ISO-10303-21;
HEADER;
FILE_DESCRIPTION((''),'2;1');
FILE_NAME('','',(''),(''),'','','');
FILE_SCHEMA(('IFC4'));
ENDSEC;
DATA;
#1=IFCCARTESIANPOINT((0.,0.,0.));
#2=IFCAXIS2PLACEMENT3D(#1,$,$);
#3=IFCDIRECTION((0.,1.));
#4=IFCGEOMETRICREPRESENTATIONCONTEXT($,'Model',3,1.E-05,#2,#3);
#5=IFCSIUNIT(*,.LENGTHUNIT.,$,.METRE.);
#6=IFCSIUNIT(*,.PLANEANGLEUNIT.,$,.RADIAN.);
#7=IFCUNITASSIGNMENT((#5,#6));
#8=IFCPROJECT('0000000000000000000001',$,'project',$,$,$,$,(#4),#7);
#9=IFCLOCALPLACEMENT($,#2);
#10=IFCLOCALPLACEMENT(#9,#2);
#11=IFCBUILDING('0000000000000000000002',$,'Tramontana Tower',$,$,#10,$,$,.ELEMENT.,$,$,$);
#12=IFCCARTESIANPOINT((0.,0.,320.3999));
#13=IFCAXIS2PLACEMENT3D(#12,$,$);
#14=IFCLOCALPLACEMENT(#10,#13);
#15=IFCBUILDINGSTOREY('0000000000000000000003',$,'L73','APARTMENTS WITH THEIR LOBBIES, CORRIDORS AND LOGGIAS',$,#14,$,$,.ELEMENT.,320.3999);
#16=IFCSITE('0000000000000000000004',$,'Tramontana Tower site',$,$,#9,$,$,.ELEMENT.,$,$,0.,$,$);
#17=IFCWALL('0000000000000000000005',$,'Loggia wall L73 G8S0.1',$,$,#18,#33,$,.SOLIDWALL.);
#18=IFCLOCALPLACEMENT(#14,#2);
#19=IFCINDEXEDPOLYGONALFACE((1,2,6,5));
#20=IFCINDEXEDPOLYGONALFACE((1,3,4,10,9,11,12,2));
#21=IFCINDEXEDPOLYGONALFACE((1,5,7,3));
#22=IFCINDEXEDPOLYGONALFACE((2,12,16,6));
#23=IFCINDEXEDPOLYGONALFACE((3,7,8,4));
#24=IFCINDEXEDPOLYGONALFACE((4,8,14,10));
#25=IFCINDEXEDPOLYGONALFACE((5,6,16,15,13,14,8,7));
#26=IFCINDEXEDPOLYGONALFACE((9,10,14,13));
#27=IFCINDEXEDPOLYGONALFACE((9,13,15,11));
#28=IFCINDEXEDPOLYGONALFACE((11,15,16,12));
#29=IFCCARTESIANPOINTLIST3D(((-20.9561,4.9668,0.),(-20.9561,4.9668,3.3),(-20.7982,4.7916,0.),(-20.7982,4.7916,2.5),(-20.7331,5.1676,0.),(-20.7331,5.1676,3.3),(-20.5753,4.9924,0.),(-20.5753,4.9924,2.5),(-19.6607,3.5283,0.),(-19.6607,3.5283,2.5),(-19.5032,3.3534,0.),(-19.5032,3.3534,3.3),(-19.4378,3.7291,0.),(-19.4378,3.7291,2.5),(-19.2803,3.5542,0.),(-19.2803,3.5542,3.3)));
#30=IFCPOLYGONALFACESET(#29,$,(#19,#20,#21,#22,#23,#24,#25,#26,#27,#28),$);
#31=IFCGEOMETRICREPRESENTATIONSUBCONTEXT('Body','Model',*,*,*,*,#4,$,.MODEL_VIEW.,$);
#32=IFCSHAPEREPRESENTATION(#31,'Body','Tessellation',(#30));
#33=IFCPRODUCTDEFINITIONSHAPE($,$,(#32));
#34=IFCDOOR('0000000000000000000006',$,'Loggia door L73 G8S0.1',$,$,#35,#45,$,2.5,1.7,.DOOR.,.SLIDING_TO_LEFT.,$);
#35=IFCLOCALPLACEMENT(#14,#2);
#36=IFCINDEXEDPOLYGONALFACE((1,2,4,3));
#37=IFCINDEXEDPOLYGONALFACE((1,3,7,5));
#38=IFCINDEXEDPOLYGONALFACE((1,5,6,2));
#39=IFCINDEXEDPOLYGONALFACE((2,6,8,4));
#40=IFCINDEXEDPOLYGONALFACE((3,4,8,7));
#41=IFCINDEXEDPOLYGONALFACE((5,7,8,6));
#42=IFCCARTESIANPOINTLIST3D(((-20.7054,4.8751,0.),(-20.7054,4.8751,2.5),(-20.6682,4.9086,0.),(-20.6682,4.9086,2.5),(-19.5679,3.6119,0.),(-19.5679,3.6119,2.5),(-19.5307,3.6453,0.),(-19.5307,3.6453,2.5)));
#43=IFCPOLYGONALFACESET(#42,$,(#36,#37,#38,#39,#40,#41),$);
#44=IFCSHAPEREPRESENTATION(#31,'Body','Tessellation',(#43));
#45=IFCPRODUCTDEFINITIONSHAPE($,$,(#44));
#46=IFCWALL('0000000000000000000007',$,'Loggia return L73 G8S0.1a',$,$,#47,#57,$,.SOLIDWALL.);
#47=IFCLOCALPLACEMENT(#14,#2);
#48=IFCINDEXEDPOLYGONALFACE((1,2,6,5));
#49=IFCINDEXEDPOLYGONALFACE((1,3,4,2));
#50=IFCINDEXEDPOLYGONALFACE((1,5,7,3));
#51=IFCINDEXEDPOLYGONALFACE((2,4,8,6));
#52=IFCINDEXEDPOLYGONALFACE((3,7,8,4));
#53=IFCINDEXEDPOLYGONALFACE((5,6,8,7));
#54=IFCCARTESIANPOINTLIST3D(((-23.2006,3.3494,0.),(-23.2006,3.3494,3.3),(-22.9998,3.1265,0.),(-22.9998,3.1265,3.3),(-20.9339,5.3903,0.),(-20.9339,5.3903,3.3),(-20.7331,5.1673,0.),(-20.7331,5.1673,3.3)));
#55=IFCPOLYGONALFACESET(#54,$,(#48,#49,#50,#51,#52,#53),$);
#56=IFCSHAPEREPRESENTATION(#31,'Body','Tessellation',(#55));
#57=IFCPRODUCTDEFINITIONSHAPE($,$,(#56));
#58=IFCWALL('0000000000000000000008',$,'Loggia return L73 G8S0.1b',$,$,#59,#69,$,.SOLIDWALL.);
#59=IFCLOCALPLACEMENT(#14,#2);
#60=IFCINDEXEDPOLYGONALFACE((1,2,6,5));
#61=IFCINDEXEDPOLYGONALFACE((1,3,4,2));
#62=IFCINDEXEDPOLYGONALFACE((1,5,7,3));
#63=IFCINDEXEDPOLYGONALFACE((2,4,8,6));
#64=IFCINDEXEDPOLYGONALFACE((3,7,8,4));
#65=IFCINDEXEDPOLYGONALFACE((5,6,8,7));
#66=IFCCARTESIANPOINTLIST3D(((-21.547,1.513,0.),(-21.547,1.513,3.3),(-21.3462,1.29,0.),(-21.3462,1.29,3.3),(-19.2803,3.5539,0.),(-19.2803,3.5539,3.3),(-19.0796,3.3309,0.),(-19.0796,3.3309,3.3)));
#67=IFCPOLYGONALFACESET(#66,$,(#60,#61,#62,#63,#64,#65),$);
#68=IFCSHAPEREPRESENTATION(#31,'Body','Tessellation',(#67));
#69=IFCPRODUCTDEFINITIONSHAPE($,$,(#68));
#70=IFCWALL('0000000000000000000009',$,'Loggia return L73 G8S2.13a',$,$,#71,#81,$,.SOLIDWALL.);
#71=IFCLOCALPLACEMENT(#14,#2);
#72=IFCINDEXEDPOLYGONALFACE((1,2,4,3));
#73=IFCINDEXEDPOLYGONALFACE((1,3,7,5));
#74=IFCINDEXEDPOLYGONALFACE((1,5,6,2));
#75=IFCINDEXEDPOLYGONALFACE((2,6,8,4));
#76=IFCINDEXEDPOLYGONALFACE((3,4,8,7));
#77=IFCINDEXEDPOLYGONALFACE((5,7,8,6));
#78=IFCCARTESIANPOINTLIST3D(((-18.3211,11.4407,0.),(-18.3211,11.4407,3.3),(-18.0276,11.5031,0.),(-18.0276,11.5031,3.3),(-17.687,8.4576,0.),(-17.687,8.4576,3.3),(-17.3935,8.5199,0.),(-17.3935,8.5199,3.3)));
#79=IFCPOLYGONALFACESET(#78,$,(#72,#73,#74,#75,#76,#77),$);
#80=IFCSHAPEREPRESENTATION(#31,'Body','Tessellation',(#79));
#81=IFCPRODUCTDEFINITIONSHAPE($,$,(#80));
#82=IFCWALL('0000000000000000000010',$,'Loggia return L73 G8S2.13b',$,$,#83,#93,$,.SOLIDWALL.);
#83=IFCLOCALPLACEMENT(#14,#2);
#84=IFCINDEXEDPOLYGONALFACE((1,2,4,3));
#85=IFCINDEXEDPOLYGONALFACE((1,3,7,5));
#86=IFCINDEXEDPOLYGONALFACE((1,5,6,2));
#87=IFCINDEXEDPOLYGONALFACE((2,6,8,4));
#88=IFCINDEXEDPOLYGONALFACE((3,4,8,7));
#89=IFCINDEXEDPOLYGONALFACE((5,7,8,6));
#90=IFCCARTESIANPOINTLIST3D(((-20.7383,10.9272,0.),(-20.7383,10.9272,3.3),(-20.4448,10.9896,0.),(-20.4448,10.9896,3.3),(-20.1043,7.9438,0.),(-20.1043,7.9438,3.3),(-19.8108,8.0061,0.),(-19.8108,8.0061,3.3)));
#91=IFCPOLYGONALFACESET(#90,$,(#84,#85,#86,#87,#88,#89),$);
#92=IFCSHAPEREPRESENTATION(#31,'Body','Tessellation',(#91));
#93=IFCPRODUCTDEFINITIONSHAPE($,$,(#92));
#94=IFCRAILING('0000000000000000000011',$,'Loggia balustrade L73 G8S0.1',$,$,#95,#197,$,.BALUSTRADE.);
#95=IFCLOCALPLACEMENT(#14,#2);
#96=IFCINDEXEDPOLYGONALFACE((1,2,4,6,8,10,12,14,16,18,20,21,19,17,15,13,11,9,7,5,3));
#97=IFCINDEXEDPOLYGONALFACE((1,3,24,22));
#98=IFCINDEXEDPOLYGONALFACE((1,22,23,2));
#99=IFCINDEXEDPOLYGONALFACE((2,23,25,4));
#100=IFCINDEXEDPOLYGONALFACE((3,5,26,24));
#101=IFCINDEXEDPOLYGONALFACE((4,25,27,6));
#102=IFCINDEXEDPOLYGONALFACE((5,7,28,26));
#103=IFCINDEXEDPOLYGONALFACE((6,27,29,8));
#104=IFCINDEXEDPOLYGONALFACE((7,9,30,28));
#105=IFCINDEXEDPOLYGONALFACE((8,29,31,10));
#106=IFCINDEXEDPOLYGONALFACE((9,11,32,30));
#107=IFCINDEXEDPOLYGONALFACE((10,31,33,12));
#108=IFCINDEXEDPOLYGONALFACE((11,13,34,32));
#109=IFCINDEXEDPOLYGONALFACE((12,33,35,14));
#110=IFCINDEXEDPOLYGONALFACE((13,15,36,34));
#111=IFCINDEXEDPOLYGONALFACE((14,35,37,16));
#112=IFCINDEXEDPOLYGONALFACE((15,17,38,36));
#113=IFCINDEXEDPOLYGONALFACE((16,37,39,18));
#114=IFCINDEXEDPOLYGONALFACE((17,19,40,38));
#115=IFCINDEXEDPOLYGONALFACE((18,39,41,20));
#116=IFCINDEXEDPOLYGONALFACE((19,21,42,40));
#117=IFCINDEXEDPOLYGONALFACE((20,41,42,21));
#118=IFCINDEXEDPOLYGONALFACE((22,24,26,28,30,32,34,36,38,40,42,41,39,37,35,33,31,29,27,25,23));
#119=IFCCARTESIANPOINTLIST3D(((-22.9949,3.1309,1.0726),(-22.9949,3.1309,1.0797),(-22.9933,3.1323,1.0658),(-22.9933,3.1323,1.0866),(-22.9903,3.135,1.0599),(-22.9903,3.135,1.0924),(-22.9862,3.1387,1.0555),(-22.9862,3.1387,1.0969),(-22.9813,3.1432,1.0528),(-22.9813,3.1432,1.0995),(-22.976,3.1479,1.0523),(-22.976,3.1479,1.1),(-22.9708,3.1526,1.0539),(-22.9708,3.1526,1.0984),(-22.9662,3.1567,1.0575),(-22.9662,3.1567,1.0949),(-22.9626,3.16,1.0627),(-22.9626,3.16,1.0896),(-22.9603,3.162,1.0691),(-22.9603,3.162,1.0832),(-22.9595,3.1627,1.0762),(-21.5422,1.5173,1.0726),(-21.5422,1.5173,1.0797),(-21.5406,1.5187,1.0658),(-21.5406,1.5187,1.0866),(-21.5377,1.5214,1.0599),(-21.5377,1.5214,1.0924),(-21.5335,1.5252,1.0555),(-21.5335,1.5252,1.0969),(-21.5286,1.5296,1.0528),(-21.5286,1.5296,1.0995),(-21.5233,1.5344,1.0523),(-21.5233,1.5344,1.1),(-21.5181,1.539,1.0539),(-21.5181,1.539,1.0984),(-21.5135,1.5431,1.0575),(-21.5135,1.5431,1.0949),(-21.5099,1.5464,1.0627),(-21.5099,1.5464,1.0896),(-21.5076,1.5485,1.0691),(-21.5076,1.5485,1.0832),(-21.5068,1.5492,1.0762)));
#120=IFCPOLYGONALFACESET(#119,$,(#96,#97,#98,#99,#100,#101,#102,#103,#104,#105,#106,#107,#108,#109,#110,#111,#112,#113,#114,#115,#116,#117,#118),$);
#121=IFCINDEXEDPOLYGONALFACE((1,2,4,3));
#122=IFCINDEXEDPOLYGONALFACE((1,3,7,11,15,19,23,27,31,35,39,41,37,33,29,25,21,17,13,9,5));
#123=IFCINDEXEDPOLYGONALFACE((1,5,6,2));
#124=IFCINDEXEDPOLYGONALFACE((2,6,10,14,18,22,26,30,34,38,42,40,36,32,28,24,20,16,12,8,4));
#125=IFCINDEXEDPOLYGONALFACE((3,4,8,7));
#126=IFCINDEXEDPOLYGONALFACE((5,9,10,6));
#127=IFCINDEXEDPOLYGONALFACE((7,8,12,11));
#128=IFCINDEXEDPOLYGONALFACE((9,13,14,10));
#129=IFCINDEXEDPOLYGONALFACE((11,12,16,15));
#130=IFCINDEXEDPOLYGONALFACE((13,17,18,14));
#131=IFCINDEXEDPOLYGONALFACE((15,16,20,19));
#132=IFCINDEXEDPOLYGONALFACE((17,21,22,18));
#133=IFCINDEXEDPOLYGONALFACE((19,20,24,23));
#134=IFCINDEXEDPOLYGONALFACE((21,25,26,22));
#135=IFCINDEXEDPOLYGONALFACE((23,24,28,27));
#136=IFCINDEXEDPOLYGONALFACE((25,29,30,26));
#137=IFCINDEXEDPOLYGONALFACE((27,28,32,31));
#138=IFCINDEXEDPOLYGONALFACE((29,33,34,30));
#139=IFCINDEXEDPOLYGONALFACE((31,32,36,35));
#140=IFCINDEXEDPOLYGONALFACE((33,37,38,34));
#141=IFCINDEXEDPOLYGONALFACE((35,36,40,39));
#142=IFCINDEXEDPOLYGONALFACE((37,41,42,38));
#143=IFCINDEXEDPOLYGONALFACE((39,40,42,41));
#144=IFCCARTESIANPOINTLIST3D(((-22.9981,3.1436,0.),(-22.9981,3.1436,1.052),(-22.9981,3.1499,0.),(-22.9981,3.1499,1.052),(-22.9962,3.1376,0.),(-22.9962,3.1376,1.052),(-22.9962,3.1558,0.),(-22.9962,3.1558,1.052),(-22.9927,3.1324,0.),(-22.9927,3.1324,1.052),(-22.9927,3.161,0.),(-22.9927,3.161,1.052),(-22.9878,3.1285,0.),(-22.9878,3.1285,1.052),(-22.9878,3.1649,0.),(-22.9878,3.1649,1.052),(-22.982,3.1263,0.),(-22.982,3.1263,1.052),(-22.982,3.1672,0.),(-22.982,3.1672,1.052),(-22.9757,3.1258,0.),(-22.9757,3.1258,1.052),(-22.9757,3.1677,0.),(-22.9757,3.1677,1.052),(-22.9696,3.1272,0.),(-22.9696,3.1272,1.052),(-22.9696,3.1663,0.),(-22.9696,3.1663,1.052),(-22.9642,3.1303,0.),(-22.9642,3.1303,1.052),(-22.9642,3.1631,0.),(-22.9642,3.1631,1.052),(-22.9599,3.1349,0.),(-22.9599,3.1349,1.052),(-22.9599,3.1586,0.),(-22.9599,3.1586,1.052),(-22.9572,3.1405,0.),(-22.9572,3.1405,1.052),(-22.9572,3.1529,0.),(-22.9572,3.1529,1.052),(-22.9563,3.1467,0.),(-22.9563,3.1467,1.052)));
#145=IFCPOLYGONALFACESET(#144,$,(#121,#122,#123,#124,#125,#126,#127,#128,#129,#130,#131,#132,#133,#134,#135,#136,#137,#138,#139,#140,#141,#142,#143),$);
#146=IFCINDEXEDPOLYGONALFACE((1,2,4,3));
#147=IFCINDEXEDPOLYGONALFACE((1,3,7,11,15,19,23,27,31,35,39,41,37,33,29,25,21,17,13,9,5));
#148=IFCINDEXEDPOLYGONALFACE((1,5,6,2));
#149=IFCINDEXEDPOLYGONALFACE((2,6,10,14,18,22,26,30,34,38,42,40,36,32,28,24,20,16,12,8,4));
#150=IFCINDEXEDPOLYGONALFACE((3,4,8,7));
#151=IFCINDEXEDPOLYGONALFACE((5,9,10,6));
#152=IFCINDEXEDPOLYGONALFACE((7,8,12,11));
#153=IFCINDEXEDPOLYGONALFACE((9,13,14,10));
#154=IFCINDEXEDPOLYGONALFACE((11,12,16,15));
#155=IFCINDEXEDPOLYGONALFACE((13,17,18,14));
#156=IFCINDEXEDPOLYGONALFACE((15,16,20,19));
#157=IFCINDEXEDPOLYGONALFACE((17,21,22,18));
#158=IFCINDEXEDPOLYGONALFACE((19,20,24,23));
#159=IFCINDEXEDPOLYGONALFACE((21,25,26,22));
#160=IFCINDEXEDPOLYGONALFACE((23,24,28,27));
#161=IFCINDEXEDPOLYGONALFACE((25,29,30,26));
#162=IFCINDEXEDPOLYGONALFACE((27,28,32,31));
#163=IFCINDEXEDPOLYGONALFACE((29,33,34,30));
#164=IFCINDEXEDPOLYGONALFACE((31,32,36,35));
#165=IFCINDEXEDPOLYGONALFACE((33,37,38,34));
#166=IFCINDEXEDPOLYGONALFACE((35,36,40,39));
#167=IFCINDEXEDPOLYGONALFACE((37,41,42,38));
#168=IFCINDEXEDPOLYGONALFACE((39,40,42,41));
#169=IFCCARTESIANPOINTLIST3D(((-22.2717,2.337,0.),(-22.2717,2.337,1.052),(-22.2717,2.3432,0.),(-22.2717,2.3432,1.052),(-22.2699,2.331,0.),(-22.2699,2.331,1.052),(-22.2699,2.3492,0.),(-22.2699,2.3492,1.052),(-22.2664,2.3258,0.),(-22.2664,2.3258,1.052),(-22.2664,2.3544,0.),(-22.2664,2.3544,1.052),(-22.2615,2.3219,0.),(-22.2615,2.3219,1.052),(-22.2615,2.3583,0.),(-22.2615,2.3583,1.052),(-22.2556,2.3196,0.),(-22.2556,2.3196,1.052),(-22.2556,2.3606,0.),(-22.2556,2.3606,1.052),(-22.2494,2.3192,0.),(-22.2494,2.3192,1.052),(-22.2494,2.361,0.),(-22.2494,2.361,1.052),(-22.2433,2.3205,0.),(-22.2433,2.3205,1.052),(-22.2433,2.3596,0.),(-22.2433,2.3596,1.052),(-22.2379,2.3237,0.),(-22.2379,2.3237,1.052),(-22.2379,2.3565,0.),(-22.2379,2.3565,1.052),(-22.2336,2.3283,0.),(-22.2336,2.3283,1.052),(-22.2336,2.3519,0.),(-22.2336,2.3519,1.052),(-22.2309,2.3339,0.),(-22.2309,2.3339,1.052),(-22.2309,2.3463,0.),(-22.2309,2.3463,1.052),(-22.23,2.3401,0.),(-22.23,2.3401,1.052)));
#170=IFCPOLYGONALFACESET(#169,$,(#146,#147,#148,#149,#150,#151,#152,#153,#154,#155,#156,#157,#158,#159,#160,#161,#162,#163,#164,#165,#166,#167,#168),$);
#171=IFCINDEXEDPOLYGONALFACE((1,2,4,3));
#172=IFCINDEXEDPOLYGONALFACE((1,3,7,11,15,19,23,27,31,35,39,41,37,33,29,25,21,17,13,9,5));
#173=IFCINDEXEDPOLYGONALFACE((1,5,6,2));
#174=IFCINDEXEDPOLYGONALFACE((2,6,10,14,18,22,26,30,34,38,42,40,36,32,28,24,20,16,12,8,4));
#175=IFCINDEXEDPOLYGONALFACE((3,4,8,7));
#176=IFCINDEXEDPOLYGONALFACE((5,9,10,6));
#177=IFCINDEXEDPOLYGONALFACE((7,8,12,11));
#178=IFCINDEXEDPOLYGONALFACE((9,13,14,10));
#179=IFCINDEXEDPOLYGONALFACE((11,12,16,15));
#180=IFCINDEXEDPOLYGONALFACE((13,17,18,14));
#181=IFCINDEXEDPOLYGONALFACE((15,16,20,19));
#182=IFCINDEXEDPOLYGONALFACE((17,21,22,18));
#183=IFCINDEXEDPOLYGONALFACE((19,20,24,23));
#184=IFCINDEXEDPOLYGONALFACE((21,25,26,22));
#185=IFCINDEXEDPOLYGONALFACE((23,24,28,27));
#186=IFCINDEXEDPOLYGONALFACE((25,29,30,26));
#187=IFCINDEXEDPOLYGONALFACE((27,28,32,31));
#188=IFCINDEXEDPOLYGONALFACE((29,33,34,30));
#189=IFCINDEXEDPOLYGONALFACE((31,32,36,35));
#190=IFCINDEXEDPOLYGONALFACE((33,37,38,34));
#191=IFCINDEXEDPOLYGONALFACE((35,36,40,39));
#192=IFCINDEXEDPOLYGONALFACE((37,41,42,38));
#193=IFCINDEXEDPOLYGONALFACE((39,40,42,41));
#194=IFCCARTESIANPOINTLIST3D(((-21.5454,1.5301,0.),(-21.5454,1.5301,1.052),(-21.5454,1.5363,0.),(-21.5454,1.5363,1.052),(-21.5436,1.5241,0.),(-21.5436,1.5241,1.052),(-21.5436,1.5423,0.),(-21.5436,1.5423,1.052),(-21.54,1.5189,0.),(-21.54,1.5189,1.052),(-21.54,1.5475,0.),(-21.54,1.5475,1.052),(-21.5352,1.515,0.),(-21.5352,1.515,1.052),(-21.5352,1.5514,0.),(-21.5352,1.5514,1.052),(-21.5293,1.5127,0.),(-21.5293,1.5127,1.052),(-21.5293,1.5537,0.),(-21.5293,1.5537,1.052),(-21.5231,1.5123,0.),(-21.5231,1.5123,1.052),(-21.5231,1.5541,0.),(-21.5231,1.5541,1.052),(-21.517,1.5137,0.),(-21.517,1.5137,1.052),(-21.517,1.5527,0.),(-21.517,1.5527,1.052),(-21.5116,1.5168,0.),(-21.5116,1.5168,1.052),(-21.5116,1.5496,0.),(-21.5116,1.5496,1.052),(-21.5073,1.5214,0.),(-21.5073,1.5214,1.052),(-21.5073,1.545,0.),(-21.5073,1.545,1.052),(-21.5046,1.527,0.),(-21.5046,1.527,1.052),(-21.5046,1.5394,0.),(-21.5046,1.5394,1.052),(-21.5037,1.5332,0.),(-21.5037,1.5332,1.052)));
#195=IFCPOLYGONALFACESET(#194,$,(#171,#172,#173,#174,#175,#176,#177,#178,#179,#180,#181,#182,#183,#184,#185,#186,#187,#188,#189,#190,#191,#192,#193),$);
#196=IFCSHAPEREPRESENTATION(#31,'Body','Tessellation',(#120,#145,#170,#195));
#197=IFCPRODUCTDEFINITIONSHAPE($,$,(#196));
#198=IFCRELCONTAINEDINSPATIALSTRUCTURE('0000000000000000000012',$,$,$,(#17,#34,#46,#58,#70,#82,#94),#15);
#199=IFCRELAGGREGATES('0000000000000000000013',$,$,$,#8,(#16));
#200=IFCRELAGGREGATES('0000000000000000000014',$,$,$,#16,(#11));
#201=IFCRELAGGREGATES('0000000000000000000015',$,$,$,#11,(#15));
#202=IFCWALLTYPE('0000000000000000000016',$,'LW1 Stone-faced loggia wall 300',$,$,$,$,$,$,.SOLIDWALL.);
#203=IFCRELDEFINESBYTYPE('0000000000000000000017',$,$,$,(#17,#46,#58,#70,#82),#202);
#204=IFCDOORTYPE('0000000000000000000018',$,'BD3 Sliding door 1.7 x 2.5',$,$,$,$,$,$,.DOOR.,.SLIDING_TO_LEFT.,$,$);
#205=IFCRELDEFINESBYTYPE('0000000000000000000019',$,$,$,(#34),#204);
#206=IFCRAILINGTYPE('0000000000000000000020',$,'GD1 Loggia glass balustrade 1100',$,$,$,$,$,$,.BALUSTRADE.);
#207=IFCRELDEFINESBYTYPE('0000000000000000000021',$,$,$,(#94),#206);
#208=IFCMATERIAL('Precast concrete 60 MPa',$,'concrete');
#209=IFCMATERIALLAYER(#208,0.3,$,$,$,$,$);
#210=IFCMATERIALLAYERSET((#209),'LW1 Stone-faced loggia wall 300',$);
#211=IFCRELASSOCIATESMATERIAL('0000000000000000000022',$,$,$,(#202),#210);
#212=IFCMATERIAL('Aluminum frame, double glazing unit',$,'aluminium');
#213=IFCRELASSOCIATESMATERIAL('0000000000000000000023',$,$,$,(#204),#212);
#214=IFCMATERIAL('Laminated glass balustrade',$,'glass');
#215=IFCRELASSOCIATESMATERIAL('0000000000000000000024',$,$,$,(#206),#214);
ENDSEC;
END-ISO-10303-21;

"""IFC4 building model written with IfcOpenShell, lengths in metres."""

from ifc_helpers import new_model, si_unit, direction, frame, frame_2d, origin, origin_2d, place, context, subcontext, project, spatial, rectangle, circle, extrude, material, layer, layer_set, type_object, element, fill, save


model = new_model("IFC4")

# Units and contexts
model_context = context("Model", 3, precision=1e-05, world=origin(), true_north=direction((0.0, 1.0)))
body_context = subcontext(model_context, "Body", "Model", "MODEL_VIEW")
ifc_project = project(units=[si_unit("LENGTHUNIT", "METRE"), si_unit("PLANEANGLEUNIT", "RADIAN")], contexts=[model_context])

# Site, building, storey
site_placement = place(None, origin())
site = spatial("IfcSite", under=ifc_project, at=site_placement, Name="Tramontana Tower site", CompositionType="ELEMENT", RefElevation=0.0)
building_placement = place(site_placement, origin())
building = spatial("IfcBuilding", under=site, at=building_placement, Name="Tramontana Tower", CompositionType="ELEMENT")
storey_placement = place(building_placement, frame((0.0, 0.0, 320.3999)))
storey = spatial("IfcBuildingStorey", under=building, at=storey_placement, Name="L73", Description="APARTMENTS WITH THEIR LOBBIES, CORRIDORS AND LOGGIAS", CompositionType="ELEMENT", Elevation=320.3999)

# Wall, opening, door
ifc_material_1 = material(Name="Precast concrete 60 MPa", Category="concrete")
ifc_layer_1 = layer(ifc_material_1, 0.3)
ifc_layer_set_1 = layer_set([ifc_layer_1], Name="LW1 Stone-faced loggia wall 300")
wall_type_1 = type_object("IfcWallType", Name="LW1 Stone-faced loggia wall 300", PredefinedType="SOLIDWALL", material=ifc_layer_set_1)
wall_1_placement = place(storey_placement, frame((-20.8445, 5.0671, 0.0), z_axis=(0.0, 0.0, 1.0), x_axis=(0.669145, -0.743132, 0.0)))
wall_1 = element("IfcWall", 1, at=wall_1_placement, inside=storey, type_object=wall_type_1, Name="Loggia wall L73 G8S0.1", PredefinedType="SOLIDWALL", context=body_context, shape_type="SweptSolid", body=[
    extrude(rectangle(XDim=2.1711, YDim=0.3, at=frame_2d((1.0854, 0.0))), origin(), (0.0, 0.0, 1.0), 3.3),
])
opening_1_placement = place(wall_1_placement, frame((0.2356, 0.0, 0.0)))
opening_1 = element("IfcOpeningElement", 2, at=opening_1_placement, cuts=wall_1, PredefinedType="OPENING", context=body_context, shape_type="SweptSolid", body=[
    extrude(rectangle(XDim=1.7, YDim=2.5, at=frame_2d((0.8501, 1.25))), frame((0.0, 0.1599, 0.0), z_axis=(0.0, -1.0, 0.0), x_axis=(1.0, 0.0, 0.0)), (0.0, 0.0, 1.0), 0.3201),
])
ifc_material_2 = material(Name="Aluminum frame, double glazing unit", Category="aluminium")
door_type_1 = type_object("IfcDoorType", Name="BD3 Sliding door 1.7 x 2.5", OperationType="SLIDING_TO_LEFT", PredefinedType="DOOR", material=ifc_material_2)
door_1_placement = place(opening_1_placement, origin())
door_1 = element("IfcDoor", 3, at=door_1_placement, inside=storey, type_object=door_type_1, Name="Loggia door L73 G8S0.1", OperationType="SLIDING_TO_LEFT", OverallHeight=2.5, OverallWidth=1.7, PredefinedType="DOOR", context=body_context, shape_type="SweptSolid", body=[
    extrude(rectangle(XDim=1.7, YDim=2.5, at=frame_2d((0.8501, 1.25))), frame((0.0, 0.0249, 0.0), z_axis=(0.0, -1.0, 0.0), x_axis=(1.0, 0.0, 0.0)), (0.0, 0.0, 1.0), 0.05),
])
fill(opening_1, door_1)

# Walls
for number, where, z_axis, x_axis, name in (
    (4, (-23.1001, 3.238, 0.0), (0.0, 0.0, 1.0), (0.743159, 0.669115, 0.0), "Loggia return L73 G8S0.1a"),
    (5, (-21.4465, 1.4016, 0.0), (0.0, 0.0, 1.0), (0.743159, 0.669115, 0.0), "Loggia return L73 G8S0.1b"),
):
    element("IfcWall", number, at=place(storey_placement, frame(where, z_axis=z_axis, x_axis=x_axis)), inside=storey, type_object=wall_type_1, Name=name, PredefinedType="SOLIDWALL", context=body_context, shape_type="SweptSolid", body=[
        extrude(rectangle(XDim=3.05, YDim=0.3, at=frame_2d((1.5249, 0.0))), origin(), (0.0, 0.0, 1.0), 3.3),
    ])
wall_2_placement = place(storey_placement, frame((-18.1743, 11.4719, 0.0), z_axis=(0.0, 0.0, 1.0), x_axis=(0.207894, -0.978151, 0.0)))
element("IfcWall", 6, at=wall_2_placement, inside=storey, type_object=wall_type_1, Name="Loggia return L73 G8S2.13a", PredefinedType="SOLIDWALL", context=body_context, shape_type="SweptSolid", body=[
    extrude(rectangle(XDim=3.0498, YDim=0.3, at=frame_2d((1.5249, 0.0))), origin(), (0.0, 0.0, 1.0), 3.3),
])
wall_3_placement = place(storey_placement, frame((-20.5916, 10.9583, 0.0), z_axis=(0.0, 0.0, 1.0), x_axis=(0.207878, -0.978155, 0.0)))
element("IfcWall", 7, at=wall_3_placement, inside=storey, type_object=wall_type_1, Name="Loggia return L73 G8S2.13b", PredefinedType="SOLIDWALL", context=body_context, shape_type="SweptSolid", body=[
    extrude(rectangle(XDim=3.05, YDim=0.3, at=frame_2d((1.5249, 0.0))), origin(), (0.0, 0.0, 1.0), 3.3),
])

# Railing
ifc_material_3 = material(Name="Laminated glass balustrade", Category="glass")
railing_type = type_object("IfcRailingType", Name="GD1 Loggia glass balustrade 1100", PredefinedType="BALUSTRADE", material=ifc_material_3)
railing_1_placement = place(storey_placement, frame((-22.9773, 3.1467, 0.0)))
element("IfcRailing", 8, at=railing_1_placement, inside=storey, type_object=railing_type, Name="Loggia balustrade L73 G8S0.1", PredefinedType="BALUSTRADE", context=body_context, shape_type="SweptSolid", body=[
    extrude(circle(Radius=0.0239, at=origin_2d()), frame((0.0, 0.0, 1.0762), z_axis=(0.669083, -0.743188, 0.0), x_axis=(0.743188, 0.669083, 0.0)), (0.0, 0.0, 1.0), 2.1711),
    extrude(circle(Radius=0.021, at=origin_2d()), origin(), (0.0, 0.0, 1.0), 1.052),
    extrude(circle(Radius=0.021, at=origin_2d()), frame((0.7263, -0.8066, 0.0)), (0.0, 0.0, 1.0), 1.052),
    extrude(circle(Radius=0.021, at=origin_2d()), frame((1.4526, -1.6135, 0.0)), (0.0, 0.0, 1.0), 1.052),
])

save(model, "model.ifc")
